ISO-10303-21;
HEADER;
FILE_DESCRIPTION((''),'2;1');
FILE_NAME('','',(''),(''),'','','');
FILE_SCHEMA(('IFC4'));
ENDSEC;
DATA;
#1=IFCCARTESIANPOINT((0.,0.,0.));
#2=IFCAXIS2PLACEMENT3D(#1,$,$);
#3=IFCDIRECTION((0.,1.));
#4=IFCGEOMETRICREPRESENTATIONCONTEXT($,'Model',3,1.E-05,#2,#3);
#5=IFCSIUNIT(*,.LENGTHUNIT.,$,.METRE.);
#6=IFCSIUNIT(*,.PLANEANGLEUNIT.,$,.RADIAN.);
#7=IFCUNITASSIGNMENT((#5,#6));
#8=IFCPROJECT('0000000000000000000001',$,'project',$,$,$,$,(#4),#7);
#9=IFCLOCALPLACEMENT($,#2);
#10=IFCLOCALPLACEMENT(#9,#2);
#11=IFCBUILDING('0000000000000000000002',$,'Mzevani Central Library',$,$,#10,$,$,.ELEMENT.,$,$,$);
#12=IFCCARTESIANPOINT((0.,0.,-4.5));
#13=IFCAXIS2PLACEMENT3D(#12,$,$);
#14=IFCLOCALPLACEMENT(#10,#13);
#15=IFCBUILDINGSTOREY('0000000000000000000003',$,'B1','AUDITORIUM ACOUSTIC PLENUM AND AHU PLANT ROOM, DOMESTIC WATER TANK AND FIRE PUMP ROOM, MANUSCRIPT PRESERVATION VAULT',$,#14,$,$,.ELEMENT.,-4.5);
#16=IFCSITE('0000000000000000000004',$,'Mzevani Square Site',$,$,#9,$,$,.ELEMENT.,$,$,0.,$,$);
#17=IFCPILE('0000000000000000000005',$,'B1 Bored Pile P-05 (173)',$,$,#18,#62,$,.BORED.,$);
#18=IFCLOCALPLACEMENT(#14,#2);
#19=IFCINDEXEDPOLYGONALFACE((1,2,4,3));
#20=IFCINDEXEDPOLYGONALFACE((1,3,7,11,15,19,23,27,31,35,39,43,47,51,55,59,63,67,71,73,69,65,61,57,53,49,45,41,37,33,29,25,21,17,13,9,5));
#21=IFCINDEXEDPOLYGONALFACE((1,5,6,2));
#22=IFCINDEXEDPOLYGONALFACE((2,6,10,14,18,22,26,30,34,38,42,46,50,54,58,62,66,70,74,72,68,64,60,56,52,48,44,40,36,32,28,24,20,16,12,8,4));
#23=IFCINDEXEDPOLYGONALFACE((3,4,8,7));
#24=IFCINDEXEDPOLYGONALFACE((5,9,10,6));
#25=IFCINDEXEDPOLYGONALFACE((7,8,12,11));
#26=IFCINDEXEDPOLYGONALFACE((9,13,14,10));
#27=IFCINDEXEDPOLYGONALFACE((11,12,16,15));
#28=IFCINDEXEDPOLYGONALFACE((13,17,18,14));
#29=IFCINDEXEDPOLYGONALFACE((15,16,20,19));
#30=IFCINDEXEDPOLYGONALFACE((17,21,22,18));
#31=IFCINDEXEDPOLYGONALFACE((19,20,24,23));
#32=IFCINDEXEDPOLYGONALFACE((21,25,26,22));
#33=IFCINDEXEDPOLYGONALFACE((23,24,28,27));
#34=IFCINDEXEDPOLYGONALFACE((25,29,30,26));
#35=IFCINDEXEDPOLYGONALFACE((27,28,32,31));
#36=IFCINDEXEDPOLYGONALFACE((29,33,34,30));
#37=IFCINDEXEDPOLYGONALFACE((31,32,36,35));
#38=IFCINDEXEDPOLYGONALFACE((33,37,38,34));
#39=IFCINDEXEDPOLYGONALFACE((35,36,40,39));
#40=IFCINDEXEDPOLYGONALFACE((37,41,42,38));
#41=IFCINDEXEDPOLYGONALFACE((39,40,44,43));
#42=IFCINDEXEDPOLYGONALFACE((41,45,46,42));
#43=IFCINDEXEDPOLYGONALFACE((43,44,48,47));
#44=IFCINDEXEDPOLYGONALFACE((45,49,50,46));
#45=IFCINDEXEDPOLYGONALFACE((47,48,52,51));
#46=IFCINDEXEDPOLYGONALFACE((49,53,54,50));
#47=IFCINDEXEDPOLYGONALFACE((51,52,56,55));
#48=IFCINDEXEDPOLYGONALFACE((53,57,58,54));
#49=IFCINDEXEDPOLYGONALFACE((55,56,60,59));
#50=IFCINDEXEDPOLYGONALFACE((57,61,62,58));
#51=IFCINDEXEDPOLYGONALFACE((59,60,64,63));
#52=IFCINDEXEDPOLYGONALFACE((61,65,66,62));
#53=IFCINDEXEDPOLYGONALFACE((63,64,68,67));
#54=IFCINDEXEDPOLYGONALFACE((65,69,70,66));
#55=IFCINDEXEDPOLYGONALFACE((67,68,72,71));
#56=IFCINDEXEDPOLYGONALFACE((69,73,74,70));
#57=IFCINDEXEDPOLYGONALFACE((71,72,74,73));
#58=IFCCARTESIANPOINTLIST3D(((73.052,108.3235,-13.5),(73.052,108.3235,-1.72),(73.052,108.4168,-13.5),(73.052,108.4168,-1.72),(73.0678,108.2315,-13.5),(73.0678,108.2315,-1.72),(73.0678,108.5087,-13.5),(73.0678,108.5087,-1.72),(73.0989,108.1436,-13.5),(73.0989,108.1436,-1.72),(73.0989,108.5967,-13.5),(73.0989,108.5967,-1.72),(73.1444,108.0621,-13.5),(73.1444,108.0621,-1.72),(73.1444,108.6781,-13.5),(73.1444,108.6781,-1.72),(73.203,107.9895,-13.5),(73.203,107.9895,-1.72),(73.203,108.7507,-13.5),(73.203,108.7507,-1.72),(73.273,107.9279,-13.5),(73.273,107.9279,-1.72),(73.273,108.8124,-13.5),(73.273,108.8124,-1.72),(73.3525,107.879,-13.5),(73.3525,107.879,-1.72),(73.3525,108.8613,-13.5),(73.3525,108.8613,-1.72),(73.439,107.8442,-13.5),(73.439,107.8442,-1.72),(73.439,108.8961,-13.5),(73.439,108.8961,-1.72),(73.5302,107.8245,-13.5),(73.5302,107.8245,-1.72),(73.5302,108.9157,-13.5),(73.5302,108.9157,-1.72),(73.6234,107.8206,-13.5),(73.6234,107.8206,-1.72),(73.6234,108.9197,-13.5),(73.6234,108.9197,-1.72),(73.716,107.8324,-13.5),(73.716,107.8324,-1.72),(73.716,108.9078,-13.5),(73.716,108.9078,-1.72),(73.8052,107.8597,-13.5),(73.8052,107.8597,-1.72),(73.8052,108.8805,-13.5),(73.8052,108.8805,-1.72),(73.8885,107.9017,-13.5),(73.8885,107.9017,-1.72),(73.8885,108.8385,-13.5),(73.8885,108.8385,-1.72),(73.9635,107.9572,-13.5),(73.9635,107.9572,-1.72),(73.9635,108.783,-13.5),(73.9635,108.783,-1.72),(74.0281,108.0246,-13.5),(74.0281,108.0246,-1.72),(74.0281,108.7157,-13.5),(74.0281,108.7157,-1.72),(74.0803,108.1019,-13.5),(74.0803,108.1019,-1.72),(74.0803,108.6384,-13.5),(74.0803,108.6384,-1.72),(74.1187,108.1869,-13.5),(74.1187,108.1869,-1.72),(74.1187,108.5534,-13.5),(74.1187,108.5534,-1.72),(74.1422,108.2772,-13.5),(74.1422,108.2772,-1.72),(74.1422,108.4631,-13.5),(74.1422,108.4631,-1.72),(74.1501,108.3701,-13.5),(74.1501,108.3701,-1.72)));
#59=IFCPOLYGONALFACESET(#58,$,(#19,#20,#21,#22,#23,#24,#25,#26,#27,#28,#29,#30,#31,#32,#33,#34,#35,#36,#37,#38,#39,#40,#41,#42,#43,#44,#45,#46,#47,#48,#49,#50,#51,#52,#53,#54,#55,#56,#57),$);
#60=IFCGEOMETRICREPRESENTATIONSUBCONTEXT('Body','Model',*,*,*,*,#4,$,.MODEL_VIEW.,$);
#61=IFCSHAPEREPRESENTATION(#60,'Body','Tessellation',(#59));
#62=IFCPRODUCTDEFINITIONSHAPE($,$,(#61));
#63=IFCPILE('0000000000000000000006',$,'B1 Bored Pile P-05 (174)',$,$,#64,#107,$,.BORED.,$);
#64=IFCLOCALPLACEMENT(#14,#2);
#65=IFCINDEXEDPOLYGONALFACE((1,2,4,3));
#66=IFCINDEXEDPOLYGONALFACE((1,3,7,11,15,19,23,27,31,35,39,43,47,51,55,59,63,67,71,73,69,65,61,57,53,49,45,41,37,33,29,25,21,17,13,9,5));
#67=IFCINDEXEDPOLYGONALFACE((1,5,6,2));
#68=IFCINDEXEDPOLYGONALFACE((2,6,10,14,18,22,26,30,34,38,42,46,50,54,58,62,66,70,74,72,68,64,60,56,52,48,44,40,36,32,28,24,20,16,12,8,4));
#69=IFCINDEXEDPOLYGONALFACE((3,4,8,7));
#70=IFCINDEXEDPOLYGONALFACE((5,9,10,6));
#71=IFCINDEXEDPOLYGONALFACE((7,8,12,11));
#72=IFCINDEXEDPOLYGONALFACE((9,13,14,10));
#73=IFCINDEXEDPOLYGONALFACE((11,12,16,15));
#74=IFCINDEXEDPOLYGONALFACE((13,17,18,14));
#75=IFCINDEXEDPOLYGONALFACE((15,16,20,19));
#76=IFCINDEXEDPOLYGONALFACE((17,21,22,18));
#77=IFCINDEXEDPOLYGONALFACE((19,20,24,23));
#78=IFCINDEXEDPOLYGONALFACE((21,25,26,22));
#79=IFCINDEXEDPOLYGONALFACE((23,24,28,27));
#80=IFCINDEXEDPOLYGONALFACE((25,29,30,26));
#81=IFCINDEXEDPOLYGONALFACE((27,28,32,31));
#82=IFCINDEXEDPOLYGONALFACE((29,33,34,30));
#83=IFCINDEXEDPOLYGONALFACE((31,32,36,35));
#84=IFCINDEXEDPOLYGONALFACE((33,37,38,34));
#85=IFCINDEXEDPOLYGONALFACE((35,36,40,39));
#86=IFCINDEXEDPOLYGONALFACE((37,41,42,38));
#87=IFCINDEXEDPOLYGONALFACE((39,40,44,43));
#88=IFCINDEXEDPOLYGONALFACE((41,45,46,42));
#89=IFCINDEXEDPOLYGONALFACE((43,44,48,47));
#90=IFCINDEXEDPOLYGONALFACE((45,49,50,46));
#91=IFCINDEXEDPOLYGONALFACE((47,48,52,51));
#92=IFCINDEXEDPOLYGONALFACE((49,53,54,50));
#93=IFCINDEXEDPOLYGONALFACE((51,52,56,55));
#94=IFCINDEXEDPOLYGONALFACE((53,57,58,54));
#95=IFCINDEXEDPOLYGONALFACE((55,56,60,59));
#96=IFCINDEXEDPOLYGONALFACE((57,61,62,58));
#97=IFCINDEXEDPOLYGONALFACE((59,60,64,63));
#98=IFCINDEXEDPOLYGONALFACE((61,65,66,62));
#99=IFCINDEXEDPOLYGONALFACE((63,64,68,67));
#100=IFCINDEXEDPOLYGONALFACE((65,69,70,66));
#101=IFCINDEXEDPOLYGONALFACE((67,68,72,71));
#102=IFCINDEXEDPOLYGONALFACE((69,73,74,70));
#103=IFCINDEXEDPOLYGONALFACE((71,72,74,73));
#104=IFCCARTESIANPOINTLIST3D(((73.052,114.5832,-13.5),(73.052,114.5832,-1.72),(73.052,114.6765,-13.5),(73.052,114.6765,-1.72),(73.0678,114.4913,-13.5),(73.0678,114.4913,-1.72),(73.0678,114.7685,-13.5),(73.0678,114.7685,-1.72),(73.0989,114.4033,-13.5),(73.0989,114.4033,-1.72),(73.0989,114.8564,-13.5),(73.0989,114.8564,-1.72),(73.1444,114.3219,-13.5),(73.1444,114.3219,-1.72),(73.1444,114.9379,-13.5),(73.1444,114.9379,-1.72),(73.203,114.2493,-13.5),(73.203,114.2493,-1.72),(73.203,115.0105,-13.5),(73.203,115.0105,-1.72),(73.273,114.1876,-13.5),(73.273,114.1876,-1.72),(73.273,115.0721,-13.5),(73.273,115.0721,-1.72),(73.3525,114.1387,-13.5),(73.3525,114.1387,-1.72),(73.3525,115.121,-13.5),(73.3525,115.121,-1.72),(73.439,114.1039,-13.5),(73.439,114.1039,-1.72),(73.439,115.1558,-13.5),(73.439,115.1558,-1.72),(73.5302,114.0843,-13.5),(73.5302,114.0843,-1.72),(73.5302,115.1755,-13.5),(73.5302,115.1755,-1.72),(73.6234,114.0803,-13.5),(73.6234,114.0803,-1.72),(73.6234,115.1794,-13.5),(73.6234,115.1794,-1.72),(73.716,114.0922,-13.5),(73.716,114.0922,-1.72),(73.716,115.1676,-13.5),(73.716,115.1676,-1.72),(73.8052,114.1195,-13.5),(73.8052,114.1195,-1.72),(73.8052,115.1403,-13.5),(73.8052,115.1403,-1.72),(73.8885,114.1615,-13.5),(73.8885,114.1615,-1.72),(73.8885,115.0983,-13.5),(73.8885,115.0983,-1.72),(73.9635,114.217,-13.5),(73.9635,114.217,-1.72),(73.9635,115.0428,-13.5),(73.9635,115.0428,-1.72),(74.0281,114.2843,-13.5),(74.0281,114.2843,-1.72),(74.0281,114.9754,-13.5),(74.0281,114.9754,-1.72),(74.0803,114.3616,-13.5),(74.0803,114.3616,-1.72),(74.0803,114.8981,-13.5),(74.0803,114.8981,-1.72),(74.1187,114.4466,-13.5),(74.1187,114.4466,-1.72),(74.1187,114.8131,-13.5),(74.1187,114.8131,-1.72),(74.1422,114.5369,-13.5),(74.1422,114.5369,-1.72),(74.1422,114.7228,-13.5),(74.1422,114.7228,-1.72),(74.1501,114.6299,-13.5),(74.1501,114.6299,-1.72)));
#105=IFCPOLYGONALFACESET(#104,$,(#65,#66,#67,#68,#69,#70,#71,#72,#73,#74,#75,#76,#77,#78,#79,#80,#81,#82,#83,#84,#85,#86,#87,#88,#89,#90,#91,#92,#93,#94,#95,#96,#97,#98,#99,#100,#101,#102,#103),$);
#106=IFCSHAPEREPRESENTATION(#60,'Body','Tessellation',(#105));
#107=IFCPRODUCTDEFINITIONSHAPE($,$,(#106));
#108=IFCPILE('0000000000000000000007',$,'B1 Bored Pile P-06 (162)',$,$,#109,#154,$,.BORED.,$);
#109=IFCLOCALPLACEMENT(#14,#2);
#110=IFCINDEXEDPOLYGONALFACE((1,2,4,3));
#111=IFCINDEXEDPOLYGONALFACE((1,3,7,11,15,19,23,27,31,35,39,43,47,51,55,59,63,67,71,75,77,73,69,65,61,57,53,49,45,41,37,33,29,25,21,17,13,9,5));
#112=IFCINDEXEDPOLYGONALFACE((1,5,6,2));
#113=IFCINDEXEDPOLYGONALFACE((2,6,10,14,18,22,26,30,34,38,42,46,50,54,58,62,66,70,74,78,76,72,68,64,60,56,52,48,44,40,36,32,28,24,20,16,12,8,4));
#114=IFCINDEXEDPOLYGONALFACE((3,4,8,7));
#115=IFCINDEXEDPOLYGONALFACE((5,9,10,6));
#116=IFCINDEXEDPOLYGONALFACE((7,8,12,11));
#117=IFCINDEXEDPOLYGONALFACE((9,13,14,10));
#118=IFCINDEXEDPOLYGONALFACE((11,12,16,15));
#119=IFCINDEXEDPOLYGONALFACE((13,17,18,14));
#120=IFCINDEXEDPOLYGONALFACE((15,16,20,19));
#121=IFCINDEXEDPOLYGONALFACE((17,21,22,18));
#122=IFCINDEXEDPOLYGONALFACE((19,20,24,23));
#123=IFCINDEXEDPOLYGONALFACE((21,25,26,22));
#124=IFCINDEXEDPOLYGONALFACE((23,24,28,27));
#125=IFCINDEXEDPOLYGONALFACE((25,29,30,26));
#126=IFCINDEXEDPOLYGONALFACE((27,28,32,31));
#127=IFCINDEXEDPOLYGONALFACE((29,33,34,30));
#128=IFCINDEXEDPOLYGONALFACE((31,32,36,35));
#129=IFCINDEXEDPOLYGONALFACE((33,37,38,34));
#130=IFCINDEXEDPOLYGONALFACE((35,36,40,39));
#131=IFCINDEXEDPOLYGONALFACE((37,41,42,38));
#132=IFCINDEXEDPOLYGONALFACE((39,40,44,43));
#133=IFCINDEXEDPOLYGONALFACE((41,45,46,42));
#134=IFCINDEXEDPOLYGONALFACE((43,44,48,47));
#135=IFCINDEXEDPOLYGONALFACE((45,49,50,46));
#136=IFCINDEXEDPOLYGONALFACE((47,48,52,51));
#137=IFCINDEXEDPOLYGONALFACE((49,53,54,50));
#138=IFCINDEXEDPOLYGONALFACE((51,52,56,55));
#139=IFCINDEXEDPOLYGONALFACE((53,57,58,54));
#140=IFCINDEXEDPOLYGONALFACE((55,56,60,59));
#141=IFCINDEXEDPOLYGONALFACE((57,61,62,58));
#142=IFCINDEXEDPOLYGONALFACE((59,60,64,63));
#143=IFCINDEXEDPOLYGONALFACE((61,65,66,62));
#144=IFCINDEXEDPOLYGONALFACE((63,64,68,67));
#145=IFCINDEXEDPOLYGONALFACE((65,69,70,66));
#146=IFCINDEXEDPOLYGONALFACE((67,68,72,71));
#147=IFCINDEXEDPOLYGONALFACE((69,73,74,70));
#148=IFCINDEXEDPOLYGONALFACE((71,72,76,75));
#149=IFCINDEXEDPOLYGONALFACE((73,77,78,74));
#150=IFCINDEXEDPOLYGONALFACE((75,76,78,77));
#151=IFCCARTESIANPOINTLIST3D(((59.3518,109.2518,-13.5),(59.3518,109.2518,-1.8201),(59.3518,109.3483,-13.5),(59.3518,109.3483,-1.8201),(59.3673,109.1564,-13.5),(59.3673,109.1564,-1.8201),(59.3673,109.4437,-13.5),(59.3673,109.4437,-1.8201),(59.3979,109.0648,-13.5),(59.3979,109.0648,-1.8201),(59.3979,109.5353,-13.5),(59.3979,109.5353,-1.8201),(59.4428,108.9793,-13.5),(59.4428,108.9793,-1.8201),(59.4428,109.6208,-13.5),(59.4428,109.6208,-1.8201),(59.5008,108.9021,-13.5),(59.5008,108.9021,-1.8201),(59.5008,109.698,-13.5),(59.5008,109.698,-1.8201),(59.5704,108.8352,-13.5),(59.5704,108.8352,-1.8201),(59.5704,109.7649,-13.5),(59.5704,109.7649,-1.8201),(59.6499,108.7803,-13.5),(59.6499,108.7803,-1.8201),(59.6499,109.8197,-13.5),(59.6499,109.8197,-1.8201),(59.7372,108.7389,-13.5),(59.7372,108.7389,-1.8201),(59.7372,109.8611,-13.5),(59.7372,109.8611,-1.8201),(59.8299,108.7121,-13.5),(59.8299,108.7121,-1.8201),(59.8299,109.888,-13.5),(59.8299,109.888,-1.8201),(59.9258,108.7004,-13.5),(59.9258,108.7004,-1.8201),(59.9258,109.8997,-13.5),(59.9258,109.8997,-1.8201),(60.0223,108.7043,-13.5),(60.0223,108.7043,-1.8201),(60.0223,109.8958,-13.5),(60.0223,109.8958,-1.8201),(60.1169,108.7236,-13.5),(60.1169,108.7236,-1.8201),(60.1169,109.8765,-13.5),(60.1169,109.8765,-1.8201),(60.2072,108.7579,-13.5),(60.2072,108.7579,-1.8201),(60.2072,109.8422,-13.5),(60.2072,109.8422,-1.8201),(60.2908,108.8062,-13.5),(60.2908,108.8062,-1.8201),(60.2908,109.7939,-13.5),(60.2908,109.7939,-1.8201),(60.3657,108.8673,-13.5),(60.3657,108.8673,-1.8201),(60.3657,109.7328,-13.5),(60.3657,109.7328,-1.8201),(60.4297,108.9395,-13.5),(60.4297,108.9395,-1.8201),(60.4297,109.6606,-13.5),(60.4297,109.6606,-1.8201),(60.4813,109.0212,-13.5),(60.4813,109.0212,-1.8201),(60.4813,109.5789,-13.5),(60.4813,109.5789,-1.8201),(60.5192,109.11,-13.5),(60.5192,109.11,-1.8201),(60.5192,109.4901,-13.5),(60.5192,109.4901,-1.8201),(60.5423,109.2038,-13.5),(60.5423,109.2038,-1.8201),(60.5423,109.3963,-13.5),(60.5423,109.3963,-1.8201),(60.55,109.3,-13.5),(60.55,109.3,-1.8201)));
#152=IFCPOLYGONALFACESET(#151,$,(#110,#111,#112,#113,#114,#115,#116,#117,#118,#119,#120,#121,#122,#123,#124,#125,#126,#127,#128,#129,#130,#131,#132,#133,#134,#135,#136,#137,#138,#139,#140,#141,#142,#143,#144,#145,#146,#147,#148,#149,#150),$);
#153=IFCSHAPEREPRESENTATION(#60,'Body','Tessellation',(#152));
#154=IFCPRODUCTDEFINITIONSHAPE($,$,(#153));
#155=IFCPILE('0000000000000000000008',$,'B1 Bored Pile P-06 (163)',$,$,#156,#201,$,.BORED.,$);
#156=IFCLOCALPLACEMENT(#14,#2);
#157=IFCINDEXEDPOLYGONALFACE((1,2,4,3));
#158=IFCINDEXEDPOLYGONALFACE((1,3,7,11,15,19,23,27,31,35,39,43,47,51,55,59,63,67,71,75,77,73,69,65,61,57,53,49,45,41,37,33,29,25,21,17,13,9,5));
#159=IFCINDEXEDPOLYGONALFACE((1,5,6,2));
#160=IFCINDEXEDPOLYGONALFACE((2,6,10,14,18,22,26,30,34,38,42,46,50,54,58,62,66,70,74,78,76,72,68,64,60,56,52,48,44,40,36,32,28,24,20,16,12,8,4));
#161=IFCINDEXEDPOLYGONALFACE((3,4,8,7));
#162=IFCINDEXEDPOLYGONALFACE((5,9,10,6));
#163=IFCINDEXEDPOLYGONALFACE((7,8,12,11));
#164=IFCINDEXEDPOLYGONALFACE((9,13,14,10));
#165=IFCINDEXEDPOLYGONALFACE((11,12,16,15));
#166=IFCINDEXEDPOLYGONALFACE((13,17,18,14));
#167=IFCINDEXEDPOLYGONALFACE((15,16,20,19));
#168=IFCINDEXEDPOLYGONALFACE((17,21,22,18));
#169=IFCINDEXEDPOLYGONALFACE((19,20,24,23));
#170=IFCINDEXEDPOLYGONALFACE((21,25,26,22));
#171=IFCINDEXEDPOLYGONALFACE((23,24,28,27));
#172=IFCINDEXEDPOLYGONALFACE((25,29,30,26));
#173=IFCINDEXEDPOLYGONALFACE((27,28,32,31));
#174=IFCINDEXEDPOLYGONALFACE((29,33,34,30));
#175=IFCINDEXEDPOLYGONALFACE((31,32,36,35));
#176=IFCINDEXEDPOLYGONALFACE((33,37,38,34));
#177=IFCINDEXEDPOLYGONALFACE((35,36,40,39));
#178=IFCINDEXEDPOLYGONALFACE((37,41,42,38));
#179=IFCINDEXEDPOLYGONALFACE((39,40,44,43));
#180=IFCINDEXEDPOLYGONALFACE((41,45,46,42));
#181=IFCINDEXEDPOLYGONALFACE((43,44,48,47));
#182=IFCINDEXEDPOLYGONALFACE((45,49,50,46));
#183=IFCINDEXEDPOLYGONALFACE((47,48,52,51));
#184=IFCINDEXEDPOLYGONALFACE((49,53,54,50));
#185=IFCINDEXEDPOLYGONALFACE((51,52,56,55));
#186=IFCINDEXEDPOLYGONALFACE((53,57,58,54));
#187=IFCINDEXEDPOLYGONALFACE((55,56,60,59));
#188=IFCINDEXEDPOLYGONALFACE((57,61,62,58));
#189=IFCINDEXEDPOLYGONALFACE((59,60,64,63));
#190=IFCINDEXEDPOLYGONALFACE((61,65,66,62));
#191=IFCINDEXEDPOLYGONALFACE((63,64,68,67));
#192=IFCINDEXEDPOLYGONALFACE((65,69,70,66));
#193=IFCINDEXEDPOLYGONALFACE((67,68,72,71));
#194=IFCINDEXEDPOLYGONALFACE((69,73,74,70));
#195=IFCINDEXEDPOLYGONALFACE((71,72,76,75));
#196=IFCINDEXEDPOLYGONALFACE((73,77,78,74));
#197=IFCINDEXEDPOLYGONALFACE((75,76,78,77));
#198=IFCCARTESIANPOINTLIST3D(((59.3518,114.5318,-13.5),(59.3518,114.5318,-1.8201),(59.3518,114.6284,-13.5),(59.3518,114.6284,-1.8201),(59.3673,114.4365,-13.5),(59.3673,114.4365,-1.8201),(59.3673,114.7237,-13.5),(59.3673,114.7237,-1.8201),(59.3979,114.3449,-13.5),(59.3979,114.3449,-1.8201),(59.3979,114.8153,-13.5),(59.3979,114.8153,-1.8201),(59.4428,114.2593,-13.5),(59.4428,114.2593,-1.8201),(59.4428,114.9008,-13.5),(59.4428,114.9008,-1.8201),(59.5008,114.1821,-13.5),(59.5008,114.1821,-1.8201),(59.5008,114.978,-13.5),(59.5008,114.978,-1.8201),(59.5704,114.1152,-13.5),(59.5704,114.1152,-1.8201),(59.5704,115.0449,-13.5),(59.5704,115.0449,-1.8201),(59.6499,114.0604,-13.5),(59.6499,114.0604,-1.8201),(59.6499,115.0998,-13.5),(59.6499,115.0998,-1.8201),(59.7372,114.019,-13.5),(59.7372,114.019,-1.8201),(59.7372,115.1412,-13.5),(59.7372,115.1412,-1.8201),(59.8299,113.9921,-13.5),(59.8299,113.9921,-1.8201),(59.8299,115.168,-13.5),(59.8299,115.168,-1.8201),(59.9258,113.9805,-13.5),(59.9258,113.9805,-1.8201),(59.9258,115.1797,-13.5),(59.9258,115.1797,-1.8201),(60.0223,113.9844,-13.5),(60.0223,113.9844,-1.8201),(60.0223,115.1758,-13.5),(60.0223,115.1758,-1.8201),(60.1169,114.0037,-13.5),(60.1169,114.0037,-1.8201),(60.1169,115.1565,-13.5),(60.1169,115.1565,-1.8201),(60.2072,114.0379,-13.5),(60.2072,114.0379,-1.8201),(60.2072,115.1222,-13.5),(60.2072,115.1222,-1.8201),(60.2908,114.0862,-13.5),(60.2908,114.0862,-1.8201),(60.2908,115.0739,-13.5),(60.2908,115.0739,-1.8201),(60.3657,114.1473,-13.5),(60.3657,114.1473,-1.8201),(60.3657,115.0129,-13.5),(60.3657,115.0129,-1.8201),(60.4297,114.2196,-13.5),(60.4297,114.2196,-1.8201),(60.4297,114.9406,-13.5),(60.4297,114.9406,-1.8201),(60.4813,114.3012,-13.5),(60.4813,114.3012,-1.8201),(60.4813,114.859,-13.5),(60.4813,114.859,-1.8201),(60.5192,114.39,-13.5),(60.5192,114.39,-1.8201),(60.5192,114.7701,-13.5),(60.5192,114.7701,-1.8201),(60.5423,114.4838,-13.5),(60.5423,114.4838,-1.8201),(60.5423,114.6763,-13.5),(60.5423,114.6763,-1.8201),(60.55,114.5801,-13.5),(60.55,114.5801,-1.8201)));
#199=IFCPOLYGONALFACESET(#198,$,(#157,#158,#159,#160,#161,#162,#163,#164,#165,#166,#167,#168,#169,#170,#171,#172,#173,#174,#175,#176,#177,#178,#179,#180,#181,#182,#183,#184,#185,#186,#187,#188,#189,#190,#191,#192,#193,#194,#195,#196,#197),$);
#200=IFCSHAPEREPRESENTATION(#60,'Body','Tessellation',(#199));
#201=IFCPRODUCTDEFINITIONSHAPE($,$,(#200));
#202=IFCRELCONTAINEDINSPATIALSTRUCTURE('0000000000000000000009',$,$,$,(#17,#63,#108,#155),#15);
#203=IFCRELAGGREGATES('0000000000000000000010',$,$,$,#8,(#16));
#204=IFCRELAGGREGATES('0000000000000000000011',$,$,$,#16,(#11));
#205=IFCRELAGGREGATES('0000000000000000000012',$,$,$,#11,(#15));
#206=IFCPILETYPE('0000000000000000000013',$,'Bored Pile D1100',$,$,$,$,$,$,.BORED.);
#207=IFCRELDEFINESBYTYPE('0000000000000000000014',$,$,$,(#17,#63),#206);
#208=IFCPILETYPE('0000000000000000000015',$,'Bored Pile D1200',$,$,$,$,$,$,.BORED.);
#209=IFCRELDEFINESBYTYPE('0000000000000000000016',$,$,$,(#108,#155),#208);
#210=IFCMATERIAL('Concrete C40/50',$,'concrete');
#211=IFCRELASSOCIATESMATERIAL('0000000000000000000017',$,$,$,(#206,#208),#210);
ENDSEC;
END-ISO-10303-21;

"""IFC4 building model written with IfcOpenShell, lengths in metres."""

from ifc_helpers import new_model, si_unit, direction, frame, origin, origin_2d, place, context, subcontext, project, spatial, circle, extrude, material, material_profile, profile_set, type_object, element, save


model = new_model("IFC4")

# Units and contexts
model_context = context("Model", 3, precision=1e-05, world=origin(), true_north=direction((0.0, 1.0)))
body_context = subcontext(model_context, "Body", "Model", "MODEL_VIEW")
ifc_project = project(units=[si_unit("LENGTHUNIT", "METRE"), si_unit("PLANEANGLEUNIT", "RADIAN")], contexts=[model_context])

# Site, building, storey
site_placement = place(None, origin())
site = spatial("IfcSite", under=ifc_project, at=site_placement, Name="Mzevani Square Site", CompositionType="ELEMENT", RefElevation=0.0)
building_placement = place(site_placement, origin())
building = spatial("IfcBuilding", under=site, at=building_placement, Name="Mzevani Central Library", CompositionType="ELEMENT")
storey_placement = place(building_placement, frame((0.0, 0.0, -4.5)))
storey = spatial("IfcBuildingStorey", under=building, at=storey_placement, Name="B1", Description="AUDITORIUM ACOUSTIC PLENUM AND AHU PLANT ROOM, DOMESTIC WATER TANK AND FIRE PUMP ROOM, MANUSCRIPT PRESERVATION VAULT", CompositionType="ELEMENT", Elevation=-4.5)

# Piles
ifc_material_1 = material(Name="Concrete C40/50", Category="concrete")
ifc_material_profile_1 = material_profile(ifc_material_1, circle(Radius=0.55, at=origin_2d()), Name="PILE D1100")
ifc_profile_set_1 = profile_set([ifc_material_profile_1], Name="Concrete C40/50")
pile_type_1 = type_object("IfcPileType", Name="Bored Pile D1100", PredefinedType="BORED", material=ifc_profile_set_1)
for number, where, z_axis, x_axis, name in (
    (1, (73.6001, 108.3701, -1.72), (0.0, 0.0, -1.0), (1.0, 0.0, 0.0), "B1 Bored Pile P-05 (173)"),
    (2, (73.6001, 114.6299, -1.72), (0.0, 0.0, -1.0), (1.0, 0.0, 0.0), "B1 Bored Pile P-05 (174)"),
):
    element("IfcPile", number, at=place(storey_placement, frame(where, z_axis=z_axis, x_axis=x_axis)), inside=storey, type_object=pile_type_1, Name=name, PredefinedType="BORED", context=body_context, shape_type="SweptSolid", body=[
        extrude(circle(Radius=0.55, at=origin_2d()), origin(), (0.0, 0.0, 1.0), 11.78),
    ])
ifc_material_profile_2 = material_profile(ifc_material_1, circle(Radius=0.6001, at=origin_2d()), Name="PILE D1200")
ifc_profile_set_2 = profile_set([ifc_material_profile_2], Name="Concrete C40/50")
pile_type_2 = type_object("IfcPileType", Name="Bored Pile D1200", PredefinedType="BORED", material=ifc_profile_set_2)
for number, where, z_axis, x_axis, name in (
    (3, (59.95, 109.3, -1.8201), (0.0, 0.0, -1.0), (1.0, 0.0, 0.0), "B1 Bored Pile P-06 (162)"),
    (4, (59.95, 114.5801, -1.8201), (0.0, 0.0, -1.0), (1.0, 0.0, 0.0), "B1 Bored Pile P-06 (163)"),
):
    element("IfcPile", number, at=place(storey_placement, frame(where, z_axis=z_axis, x_axis=x_axis)), inside=storey, type_object=pile_type_2, Name=name, PredefinedType="BORED", context=body_context, shape_type="SweptSolid", body=[
        extrude(circle(Radius=0.6001, at=origin_2d()), origin(), (0.0, 0.0, 1.0), 11.6799),
    ])

save(model, "model.ifc")
